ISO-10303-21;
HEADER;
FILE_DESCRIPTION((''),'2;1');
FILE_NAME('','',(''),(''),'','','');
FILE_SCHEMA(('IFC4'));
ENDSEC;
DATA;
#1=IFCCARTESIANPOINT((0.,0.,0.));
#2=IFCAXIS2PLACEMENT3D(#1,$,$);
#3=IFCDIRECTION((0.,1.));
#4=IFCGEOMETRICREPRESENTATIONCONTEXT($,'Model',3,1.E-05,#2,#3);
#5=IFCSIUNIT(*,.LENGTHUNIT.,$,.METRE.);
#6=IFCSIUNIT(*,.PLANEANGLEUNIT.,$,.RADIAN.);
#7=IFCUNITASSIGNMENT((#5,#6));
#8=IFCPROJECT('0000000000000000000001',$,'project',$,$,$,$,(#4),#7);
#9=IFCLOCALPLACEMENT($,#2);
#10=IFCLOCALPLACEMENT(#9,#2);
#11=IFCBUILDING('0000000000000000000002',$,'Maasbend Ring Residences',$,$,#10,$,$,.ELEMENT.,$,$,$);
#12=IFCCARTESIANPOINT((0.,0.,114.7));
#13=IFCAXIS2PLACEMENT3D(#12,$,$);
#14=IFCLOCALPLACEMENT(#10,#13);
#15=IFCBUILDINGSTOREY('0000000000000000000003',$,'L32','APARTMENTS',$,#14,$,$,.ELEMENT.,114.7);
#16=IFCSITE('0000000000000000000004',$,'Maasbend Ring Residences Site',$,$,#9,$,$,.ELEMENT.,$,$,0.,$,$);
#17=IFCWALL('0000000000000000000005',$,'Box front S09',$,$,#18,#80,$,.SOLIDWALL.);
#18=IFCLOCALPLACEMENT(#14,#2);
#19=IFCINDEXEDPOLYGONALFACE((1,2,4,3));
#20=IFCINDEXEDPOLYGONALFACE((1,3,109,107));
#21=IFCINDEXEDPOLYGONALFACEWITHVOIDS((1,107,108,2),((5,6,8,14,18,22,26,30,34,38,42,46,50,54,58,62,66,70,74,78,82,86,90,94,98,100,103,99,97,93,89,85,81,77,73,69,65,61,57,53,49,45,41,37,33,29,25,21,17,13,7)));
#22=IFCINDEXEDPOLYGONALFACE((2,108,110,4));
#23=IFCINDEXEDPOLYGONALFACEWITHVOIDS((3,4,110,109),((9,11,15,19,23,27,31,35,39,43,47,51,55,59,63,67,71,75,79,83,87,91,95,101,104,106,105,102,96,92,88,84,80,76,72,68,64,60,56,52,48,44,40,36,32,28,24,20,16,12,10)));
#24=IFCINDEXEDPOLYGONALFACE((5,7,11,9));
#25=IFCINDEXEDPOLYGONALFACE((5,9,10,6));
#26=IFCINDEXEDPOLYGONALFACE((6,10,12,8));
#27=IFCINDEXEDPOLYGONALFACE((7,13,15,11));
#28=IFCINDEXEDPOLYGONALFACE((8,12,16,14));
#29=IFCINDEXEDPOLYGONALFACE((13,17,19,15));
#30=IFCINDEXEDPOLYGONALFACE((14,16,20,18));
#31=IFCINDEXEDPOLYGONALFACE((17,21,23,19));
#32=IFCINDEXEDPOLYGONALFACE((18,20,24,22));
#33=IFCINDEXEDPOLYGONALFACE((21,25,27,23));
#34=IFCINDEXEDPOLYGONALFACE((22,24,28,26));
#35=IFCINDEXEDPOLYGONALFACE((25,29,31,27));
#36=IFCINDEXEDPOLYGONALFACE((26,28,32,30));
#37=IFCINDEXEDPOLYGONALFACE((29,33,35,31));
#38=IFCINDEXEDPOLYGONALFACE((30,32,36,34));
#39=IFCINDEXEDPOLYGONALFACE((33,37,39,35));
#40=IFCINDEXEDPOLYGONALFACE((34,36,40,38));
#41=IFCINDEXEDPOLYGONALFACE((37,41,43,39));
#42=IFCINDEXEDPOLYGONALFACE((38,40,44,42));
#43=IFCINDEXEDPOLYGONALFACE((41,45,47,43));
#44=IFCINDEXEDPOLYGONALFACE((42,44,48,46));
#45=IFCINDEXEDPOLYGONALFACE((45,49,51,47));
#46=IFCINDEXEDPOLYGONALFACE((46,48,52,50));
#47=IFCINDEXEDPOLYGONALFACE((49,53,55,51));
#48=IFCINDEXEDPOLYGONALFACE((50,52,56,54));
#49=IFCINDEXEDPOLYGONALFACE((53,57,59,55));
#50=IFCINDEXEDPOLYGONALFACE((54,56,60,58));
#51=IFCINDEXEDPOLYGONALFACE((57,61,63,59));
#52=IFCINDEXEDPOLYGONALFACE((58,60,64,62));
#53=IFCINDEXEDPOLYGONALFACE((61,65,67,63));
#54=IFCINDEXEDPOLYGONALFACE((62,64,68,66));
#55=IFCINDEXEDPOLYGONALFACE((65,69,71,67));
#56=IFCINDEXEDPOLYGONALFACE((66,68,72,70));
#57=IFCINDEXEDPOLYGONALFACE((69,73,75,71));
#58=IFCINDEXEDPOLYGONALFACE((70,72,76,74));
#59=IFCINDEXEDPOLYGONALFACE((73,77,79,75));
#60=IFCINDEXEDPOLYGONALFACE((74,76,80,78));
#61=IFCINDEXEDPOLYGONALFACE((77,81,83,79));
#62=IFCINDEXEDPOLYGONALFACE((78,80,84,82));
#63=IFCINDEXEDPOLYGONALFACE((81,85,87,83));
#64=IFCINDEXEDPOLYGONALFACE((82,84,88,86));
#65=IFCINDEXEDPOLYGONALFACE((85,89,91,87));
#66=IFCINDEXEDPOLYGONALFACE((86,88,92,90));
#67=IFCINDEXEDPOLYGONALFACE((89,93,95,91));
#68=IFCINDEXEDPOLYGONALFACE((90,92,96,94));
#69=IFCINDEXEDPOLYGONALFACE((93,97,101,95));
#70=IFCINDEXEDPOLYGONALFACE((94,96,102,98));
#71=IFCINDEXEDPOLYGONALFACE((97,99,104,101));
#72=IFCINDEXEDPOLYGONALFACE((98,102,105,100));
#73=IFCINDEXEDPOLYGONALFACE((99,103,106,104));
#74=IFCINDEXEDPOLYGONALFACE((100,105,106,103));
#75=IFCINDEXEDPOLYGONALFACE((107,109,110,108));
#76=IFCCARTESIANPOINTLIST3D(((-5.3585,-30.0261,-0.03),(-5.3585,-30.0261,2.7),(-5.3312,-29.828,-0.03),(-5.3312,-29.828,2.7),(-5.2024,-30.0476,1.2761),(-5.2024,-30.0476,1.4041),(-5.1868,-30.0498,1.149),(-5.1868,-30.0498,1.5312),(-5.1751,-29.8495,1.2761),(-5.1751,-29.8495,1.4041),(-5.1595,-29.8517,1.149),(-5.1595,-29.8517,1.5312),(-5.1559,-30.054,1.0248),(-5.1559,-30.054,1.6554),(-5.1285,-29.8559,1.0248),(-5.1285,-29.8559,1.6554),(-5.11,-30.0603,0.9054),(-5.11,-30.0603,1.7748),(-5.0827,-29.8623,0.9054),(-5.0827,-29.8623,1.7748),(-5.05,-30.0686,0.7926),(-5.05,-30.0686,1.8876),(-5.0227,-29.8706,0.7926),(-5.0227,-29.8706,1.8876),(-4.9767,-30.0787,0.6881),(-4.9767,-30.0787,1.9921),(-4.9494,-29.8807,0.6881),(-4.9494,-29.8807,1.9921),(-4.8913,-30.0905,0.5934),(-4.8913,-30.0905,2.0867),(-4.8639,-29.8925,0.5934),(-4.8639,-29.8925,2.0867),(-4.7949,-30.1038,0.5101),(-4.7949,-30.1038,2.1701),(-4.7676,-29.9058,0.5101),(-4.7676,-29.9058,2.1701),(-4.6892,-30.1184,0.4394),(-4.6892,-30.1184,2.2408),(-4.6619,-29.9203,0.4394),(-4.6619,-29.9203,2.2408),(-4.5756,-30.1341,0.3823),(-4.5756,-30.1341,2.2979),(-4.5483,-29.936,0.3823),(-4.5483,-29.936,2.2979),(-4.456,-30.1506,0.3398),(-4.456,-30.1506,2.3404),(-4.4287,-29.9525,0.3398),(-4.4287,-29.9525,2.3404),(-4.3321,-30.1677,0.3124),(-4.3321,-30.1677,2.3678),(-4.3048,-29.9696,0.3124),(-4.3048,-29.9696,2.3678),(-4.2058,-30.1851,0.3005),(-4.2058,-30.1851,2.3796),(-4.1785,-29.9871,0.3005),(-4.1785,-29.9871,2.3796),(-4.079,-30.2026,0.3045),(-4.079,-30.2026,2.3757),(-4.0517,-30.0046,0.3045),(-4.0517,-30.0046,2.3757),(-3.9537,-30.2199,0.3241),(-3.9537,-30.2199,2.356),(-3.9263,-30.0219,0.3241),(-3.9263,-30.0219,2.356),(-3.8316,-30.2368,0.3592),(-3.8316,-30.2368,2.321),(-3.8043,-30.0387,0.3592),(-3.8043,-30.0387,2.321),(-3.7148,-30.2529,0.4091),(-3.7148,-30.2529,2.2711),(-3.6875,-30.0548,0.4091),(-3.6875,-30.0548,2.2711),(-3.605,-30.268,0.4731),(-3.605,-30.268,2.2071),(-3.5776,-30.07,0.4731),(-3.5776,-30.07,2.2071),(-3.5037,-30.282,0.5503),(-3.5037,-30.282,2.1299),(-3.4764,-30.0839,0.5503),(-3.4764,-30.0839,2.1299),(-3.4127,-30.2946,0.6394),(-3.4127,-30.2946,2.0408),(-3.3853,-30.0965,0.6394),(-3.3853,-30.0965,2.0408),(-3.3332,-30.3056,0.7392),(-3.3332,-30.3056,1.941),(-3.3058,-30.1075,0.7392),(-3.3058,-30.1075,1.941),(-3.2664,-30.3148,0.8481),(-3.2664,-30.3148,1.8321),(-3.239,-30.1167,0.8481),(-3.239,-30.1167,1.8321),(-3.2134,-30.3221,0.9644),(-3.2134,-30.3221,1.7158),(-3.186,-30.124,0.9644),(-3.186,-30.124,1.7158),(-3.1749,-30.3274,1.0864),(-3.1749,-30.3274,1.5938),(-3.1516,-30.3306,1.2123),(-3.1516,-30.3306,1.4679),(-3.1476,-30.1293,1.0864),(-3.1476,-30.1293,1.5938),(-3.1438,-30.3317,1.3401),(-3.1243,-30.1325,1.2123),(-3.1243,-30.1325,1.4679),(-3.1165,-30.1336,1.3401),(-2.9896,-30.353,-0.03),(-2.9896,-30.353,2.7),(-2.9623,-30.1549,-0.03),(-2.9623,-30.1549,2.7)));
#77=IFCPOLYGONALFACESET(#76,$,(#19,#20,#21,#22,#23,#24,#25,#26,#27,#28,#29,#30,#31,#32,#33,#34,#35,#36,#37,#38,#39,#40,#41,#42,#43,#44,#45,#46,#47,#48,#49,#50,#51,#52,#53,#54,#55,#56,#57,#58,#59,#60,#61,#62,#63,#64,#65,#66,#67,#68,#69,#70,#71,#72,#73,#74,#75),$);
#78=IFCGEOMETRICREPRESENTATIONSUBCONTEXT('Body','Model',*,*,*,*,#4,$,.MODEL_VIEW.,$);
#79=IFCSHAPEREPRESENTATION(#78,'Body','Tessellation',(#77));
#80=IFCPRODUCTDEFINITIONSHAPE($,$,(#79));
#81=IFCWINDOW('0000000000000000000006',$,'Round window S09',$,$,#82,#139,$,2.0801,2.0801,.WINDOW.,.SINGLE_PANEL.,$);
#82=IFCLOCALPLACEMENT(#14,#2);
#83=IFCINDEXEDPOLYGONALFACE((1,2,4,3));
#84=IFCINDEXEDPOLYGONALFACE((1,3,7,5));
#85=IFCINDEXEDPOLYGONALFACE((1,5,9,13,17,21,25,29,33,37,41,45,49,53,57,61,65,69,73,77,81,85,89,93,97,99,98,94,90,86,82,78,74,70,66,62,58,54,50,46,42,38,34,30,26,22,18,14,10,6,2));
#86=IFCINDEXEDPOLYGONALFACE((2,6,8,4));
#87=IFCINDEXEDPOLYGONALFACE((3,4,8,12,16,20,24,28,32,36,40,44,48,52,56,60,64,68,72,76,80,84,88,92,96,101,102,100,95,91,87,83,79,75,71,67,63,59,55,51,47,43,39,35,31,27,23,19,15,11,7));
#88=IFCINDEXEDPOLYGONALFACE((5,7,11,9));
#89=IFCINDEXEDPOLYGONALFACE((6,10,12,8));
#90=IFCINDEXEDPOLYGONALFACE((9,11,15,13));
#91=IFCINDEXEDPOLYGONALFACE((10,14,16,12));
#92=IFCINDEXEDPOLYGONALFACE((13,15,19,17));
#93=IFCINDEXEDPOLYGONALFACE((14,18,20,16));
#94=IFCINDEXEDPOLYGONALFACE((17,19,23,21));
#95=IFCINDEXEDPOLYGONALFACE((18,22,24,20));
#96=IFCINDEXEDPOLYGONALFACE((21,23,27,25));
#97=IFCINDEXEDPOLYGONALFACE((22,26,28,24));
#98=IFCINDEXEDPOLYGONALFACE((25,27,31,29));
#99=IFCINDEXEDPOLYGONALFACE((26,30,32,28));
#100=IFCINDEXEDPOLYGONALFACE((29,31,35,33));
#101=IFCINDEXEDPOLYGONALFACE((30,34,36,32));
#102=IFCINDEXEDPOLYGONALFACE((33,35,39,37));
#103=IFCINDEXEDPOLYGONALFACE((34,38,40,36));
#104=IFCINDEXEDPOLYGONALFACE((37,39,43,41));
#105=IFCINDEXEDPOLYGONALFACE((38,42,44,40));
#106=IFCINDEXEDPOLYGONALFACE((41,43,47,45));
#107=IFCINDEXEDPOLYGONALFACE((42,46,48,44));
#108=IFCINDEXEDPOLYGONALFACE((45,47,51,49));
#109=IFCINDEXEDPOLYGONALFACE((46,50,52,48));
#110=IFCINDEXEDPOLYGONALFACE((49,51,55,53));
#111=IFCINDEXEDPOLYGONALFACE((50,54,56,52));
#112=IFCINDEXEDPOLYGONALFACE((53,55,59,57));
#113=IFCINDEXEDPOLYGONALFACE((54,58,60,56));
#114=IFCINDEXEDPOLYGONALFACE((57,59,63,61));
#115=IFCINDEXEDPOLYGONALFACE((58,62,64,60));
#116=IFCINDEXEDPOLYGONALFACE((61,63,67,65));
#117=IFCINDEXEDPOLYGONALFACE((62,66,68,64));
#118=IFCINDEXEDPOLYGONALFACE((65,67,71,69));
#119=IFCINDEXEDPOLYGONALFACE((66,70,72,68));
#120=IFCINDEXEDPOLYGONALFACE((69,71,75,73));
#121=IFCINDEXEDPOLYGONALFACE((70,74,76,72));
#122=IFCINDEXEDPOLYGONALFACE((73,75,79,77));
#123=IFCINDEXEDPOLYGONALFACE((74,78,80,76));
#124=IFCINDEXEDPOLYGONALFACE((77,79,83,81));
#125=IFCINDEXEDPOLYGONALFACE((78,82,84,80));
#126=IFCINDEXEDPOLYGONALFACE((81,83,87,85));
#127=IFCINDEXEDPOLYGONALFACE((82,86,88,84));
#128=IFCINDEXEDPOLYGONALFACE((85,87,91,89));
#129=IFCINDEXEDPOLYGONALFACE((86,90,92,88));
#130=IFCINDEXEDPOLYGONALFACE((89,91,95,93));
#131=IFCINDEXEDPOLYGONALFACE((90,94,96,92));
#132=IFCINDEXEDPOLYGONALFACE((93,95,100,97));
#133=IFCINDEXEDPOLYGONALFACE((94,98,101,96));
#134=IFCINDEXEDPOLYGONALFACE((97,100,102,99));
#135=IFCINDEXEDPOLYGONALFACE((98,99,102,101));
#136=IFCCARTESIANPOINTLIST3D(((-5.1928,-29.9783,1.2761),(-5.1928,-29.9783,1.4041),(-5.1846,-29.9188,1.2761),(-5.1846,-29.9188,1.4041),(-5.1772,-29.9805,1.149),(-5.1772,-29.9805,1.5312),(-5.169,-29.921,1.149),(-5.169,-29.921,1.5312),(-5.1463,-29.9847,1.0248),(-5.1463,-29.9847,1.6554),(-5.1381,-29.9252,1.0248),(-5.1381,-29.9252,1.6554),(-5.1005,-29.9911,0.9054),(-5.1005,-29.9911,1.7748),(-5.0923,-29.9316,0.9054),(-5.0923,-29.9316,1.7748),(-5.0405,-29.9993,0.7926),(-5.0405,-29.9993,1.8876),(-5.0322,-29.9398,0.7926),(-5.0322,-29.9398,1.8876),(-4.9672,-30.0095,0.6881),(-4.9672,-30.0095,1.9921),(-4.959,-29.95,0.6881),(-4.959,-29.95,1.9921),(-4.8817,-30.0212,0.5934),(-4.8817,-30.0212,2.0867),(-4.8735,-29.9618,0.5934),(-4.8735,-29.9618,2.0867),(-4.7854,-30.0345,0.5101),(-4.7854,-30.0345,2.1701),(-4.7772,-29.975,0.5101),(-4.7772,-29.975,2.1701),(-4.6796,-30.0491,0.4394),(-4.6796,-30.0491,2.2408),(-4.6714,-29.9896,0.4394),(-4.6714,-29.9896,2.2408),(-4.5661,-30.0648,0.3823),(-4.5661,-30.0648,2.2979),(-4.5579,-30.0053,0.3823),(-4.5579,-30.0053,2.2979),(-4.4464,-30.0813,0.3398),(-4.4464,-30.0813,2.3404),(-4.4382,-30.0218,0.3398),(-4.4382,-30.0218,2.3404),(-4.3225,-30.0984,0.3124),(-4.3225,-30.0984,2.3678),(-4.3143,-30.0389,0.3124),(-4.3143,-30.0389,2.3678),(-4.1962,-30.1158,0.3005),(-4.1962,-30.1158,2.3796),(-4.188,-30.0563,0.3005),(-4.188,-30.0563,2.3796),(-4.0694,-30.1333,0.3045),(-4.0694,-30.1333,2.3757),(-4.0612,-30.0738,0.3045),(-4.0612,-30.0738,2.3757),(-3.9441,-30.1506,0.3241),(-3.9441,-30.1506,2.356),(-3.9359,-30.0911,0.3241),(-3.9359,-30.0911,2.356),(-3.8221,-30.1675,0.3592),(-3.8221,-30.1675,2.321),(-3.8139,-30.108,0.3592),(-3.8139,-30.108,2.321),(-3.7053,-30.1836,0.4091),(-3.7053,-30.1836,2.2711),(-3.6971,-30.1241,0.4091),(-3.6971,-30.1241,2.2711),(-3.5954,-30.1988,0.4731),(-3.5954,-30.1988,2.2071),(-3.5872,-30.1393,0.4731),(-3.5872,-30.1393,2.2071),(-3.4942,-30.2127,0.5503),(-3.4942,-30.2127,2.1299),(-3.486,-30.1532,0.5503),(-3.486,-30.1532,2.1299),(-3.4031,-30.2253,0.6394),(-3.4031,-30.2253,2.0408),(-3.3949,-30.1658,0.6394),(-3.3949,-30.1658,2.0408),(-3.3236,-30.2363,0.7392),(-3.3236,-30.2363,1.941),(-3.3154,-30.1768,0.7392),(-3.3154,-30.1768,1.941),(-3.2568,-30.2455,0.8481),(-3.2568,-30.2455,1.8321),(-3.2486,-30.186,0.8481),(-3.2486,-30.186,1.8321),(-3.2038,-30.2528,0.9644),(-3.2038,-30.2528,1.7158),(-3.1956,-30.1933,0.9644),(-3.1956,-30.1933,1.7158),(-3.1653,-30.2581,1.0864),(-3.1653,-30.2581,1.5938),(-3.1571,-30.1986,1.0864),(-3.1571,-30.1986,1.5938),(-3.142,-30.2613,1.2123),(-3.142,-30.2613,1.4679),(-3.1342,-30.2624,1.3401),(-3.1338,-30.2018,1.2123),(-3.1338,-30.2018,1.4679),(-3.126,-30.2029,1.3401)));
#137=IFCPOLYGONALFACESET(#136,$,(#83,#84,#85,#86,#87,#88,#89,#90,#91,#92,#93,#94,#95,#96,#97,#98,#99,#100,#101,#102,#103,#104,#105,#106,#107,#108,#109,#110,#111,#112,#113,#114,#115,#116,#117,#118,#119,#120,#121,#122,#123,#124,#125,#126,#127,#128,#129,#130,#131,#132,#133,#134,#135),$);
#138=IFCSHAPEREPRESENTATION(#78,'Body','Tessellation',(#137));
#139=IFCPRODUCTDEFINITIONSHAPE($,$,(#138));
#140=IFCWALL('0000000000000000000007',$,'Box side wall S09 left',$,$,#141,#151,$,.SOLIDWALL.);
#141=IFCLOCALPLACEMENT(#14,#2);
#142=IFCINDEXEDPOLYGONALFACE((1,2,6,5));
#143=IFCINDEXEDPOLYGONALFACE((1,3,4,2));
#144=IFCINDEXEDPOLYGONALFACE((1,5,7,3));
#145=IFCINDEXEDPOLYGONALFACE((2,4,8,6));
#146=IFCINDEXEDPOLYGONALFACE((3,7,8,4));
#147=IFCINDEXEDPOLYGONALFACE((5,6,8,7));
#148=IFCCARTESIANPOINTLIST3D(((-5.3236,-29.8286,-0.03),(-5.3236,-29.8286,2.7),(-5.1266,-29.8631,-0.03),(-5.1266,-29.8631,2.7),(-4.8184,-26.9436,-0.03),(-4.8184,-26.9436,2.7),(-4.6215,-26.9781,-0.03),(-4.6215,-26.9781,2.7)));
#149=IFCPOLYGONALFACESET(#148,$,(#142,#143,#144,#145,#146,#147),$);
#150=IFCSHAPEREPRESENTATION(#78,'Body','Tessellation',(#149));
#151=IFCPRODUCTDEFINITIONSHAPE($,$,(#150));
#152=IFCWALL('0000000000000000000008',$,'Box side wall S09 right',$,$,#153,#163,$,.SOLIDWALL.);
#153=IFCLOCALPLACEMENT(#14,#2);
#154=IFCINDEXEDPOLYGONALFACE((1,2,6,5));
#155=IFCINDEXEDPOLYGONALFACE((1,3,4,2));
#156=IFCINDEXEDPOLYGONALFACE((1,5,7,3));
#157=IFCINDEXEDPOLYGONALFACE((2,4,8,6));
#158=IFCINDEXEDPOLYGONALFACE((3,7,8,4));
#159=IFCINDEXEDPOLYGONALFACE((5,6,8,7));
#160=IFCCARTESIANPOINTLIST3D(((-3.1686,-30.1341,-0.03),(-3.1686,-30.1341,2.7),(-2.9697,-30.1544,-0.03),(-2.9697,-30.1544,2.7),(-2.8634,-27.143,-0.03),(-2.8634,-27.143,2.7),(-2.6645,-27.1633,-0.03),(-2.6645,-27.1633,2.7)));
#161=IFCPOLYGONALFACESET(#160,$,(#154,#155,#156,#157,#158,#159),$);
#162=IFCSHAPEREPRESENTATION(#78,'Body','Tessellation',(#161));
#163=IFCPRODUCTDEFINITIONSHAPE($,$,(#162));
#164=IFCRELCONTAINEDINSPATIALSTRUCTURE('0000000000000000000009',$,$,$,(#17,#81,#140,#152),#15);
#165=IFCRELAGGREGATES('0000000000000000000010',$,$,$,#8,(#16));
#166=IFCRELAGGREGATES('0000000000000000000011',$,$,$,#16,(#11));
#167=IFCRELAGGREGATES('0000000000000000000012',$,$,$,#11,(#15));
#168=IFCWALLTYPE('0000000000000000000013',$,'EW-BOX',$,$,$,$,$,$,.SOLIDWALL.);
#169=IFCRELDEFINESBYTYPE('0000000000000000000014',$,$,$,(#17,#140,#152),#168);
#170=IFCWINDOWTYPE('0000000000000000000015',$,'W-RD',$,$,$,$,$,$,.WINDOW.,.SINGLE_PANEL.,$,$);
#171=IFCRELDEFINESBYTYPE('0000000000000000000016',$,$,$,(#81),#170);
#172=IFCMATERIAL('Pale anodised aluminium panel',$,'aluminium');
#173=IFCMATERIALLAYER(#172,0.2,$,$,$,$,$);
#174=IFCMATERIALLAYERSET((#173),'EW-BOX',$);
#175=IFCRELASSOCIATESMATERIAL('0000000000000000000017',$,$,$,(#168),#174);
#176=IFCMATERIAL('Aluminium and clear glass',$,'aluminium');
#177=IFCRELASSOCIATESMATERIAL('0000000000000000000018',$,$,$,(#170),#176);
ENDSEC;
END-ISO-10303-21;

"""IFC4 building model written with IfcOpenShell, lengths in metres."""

from ifc_helpers import new_model, si_unit, direction, frame, frame_2d, origin, place, context, subcontext, project, spatial, rectangle, circle, extrude, material, layer, layer_set, type_object, element, fill, save


model = new_model("IFC4")

# Units and contexts
model_context = context("Model", 3, precision=1e-05, world=origin(), true_north=direction((0.0, 1.0)))
body_context = subcontext(model_context, "Body", "Model", "MODEL_VIEW")
ifc_project = project(units=[si_unit("LENGTHUNIT", "METRE"), si_unit("PLANEANGLEUNIT", "RADIAN")], contexts=[model_context])

# Site, building, storey
site_placement = place(None, origin())
site = spatial("IfcSite", under=ifc_project, at=site_placement, Name="Maasbend Ring Residences Site", CompositionType="ELEMENT", RefElevation=0.0)
building_placement = place(site_placement, origin())
building = spatial("IfcBuilding", under=site, at=building_placement, Name="Maasbend Ring Residences", CompositionType="ELEMENT")
storey_placement = place(building_placement, frame((0.0, 0.0, 114.7)))
storey = spatial("IfcBuildingStorey", under=building, at=storey_placement, Name="L32", Description="APARTMENTS", CompositionType="ELEMENT", Elevation=114.7)

# Shared definitions
ifc_material_1 = material(Name="Pale anodised aluminium panel", Category="aluminium")
ifc_layer_1 = layer(ifc_material_1, 0.2)
ifc_layer_set_1 = layer_set([ifc_layer_1], Name="EW-BOX")
wall_type_1 = type_object("IfcWallType", Name="EW-BOX", PredefinedType="SOLIDWALL", material=ifc_layer_set_1)

# Wall, opening, window
wall_1_placement = place(storey_placement, frame((-5.345, -29.927, -0.03), z_axis=(0.0, 0.0, 1.0), x_axis=(0.990612, -0.136703, 0.0)))
wall_1 = element("IfcWall", 1, at=wall_1_placement, inside=storey, type_object=wall_type_1, Name="Box front S09", PredefinedType="SOLIDWALL", context=body_context, shape_type="SweptSolid", body=[
    extrude(rectangle(XDim=2.3914, YDim=0.2, at=frame_2d((1.1958, 0.0))), origin(), (0.0, 0.0, 1.0), 2.73),
])
opening_1_placement = place(wall_1_placement, frame((0.1558, 0.0, 0.3301)))
opening_1 = element("IfcOpeningElement", 2, at=opening_1_placement, cuts=wall_1, PredefinedType="OPENING", context=body_context, shape_type="SweptSolid", body=[
    extrude(circle(Radius=1.04, at=frame_2d((1.04, 1.04))), frame((0.0, 0.1099, 0.0), z_axis=(0.0, -1.0, 0.0), x_axis=(1.0, 0.0, 0.0)), (0.0, 0.0, 1.0), 0.22),
])
ifc_material_2 = material(Name="Aluminium and clear glass", Category="aluminium")
window_type_1 = type_object("IfcWindowType", Name="W-RD", PartitioningType="SINGLE_PANEL", PredefinedType="WINDOW", material=ifc_material_2)
window_1_placement = place(opening_1_placement, origin())
window_1 = element("IfcWindow", 3, at=window_1_placement, inside=storey, type_object=window_type_1, Name="Round window S09", OverallHeight=2.0801, OverallWidth=2.0801, PartitioningType="SINGLE_PANEL", PredefinedType="WINDOW", context=body_context, shape_type="SweptSolid", body=[
    extrude(circle(Radius=1.04, at=frame_2d((1.04, 1.04))), frame((0.0, 0.03, 0.0), z_axis=(0.0, -1.0, 0.0), x_axis=(1.0, 0.0, 0.0)), (0.0, 0.0, 1.0), 0.0601),
])
fill(opening_1, window_1)

# Walls
wall_2_placement = place(storey_placement, frame((-4.72, -26.9609, -0.03), z_axis=(0.0, 0.0, 1.0), x_axis=(-0.172463, -0.985016, 0.0)))
element("IfcWall", 4, at=wall_2_placement, inside=storey, type_object=wall_type_1, Name="Box side wall S09 left", PredefinedType="SOLIDWALL", context=body_context, shape_type="SweptSolid", body=[
    extrude(rectangle(XDim=2.929, YDim=0.2, at=frame_2d((1.4644, 0.0))), origin(), (0.0, 0.0, 1.0), 2.73),
])
wall_3_placement = place(storey_placement, frame((-2.7639, -27.1531, -0.03), z_axis=(0.0, 0.0, 1.0), x_axis=(-0.101505, -0.994835, 0.0)))
element("IfcWall", 5, at=wall_3_placement, inside=storey, type_object=wall_type_1, Name="Box side wall S09 right", PredefinedType="SOLIDWALL", context=body_context, shape_type="SweptSolid", body=[
    extrude(rectangle(XDim=3.0066, YDim=0.2, at=frame_2d((1.5034, 0.0))), origin(), (0.0, 0.0, 1.0), 2.73),
])

save(model, "model.ifc")
